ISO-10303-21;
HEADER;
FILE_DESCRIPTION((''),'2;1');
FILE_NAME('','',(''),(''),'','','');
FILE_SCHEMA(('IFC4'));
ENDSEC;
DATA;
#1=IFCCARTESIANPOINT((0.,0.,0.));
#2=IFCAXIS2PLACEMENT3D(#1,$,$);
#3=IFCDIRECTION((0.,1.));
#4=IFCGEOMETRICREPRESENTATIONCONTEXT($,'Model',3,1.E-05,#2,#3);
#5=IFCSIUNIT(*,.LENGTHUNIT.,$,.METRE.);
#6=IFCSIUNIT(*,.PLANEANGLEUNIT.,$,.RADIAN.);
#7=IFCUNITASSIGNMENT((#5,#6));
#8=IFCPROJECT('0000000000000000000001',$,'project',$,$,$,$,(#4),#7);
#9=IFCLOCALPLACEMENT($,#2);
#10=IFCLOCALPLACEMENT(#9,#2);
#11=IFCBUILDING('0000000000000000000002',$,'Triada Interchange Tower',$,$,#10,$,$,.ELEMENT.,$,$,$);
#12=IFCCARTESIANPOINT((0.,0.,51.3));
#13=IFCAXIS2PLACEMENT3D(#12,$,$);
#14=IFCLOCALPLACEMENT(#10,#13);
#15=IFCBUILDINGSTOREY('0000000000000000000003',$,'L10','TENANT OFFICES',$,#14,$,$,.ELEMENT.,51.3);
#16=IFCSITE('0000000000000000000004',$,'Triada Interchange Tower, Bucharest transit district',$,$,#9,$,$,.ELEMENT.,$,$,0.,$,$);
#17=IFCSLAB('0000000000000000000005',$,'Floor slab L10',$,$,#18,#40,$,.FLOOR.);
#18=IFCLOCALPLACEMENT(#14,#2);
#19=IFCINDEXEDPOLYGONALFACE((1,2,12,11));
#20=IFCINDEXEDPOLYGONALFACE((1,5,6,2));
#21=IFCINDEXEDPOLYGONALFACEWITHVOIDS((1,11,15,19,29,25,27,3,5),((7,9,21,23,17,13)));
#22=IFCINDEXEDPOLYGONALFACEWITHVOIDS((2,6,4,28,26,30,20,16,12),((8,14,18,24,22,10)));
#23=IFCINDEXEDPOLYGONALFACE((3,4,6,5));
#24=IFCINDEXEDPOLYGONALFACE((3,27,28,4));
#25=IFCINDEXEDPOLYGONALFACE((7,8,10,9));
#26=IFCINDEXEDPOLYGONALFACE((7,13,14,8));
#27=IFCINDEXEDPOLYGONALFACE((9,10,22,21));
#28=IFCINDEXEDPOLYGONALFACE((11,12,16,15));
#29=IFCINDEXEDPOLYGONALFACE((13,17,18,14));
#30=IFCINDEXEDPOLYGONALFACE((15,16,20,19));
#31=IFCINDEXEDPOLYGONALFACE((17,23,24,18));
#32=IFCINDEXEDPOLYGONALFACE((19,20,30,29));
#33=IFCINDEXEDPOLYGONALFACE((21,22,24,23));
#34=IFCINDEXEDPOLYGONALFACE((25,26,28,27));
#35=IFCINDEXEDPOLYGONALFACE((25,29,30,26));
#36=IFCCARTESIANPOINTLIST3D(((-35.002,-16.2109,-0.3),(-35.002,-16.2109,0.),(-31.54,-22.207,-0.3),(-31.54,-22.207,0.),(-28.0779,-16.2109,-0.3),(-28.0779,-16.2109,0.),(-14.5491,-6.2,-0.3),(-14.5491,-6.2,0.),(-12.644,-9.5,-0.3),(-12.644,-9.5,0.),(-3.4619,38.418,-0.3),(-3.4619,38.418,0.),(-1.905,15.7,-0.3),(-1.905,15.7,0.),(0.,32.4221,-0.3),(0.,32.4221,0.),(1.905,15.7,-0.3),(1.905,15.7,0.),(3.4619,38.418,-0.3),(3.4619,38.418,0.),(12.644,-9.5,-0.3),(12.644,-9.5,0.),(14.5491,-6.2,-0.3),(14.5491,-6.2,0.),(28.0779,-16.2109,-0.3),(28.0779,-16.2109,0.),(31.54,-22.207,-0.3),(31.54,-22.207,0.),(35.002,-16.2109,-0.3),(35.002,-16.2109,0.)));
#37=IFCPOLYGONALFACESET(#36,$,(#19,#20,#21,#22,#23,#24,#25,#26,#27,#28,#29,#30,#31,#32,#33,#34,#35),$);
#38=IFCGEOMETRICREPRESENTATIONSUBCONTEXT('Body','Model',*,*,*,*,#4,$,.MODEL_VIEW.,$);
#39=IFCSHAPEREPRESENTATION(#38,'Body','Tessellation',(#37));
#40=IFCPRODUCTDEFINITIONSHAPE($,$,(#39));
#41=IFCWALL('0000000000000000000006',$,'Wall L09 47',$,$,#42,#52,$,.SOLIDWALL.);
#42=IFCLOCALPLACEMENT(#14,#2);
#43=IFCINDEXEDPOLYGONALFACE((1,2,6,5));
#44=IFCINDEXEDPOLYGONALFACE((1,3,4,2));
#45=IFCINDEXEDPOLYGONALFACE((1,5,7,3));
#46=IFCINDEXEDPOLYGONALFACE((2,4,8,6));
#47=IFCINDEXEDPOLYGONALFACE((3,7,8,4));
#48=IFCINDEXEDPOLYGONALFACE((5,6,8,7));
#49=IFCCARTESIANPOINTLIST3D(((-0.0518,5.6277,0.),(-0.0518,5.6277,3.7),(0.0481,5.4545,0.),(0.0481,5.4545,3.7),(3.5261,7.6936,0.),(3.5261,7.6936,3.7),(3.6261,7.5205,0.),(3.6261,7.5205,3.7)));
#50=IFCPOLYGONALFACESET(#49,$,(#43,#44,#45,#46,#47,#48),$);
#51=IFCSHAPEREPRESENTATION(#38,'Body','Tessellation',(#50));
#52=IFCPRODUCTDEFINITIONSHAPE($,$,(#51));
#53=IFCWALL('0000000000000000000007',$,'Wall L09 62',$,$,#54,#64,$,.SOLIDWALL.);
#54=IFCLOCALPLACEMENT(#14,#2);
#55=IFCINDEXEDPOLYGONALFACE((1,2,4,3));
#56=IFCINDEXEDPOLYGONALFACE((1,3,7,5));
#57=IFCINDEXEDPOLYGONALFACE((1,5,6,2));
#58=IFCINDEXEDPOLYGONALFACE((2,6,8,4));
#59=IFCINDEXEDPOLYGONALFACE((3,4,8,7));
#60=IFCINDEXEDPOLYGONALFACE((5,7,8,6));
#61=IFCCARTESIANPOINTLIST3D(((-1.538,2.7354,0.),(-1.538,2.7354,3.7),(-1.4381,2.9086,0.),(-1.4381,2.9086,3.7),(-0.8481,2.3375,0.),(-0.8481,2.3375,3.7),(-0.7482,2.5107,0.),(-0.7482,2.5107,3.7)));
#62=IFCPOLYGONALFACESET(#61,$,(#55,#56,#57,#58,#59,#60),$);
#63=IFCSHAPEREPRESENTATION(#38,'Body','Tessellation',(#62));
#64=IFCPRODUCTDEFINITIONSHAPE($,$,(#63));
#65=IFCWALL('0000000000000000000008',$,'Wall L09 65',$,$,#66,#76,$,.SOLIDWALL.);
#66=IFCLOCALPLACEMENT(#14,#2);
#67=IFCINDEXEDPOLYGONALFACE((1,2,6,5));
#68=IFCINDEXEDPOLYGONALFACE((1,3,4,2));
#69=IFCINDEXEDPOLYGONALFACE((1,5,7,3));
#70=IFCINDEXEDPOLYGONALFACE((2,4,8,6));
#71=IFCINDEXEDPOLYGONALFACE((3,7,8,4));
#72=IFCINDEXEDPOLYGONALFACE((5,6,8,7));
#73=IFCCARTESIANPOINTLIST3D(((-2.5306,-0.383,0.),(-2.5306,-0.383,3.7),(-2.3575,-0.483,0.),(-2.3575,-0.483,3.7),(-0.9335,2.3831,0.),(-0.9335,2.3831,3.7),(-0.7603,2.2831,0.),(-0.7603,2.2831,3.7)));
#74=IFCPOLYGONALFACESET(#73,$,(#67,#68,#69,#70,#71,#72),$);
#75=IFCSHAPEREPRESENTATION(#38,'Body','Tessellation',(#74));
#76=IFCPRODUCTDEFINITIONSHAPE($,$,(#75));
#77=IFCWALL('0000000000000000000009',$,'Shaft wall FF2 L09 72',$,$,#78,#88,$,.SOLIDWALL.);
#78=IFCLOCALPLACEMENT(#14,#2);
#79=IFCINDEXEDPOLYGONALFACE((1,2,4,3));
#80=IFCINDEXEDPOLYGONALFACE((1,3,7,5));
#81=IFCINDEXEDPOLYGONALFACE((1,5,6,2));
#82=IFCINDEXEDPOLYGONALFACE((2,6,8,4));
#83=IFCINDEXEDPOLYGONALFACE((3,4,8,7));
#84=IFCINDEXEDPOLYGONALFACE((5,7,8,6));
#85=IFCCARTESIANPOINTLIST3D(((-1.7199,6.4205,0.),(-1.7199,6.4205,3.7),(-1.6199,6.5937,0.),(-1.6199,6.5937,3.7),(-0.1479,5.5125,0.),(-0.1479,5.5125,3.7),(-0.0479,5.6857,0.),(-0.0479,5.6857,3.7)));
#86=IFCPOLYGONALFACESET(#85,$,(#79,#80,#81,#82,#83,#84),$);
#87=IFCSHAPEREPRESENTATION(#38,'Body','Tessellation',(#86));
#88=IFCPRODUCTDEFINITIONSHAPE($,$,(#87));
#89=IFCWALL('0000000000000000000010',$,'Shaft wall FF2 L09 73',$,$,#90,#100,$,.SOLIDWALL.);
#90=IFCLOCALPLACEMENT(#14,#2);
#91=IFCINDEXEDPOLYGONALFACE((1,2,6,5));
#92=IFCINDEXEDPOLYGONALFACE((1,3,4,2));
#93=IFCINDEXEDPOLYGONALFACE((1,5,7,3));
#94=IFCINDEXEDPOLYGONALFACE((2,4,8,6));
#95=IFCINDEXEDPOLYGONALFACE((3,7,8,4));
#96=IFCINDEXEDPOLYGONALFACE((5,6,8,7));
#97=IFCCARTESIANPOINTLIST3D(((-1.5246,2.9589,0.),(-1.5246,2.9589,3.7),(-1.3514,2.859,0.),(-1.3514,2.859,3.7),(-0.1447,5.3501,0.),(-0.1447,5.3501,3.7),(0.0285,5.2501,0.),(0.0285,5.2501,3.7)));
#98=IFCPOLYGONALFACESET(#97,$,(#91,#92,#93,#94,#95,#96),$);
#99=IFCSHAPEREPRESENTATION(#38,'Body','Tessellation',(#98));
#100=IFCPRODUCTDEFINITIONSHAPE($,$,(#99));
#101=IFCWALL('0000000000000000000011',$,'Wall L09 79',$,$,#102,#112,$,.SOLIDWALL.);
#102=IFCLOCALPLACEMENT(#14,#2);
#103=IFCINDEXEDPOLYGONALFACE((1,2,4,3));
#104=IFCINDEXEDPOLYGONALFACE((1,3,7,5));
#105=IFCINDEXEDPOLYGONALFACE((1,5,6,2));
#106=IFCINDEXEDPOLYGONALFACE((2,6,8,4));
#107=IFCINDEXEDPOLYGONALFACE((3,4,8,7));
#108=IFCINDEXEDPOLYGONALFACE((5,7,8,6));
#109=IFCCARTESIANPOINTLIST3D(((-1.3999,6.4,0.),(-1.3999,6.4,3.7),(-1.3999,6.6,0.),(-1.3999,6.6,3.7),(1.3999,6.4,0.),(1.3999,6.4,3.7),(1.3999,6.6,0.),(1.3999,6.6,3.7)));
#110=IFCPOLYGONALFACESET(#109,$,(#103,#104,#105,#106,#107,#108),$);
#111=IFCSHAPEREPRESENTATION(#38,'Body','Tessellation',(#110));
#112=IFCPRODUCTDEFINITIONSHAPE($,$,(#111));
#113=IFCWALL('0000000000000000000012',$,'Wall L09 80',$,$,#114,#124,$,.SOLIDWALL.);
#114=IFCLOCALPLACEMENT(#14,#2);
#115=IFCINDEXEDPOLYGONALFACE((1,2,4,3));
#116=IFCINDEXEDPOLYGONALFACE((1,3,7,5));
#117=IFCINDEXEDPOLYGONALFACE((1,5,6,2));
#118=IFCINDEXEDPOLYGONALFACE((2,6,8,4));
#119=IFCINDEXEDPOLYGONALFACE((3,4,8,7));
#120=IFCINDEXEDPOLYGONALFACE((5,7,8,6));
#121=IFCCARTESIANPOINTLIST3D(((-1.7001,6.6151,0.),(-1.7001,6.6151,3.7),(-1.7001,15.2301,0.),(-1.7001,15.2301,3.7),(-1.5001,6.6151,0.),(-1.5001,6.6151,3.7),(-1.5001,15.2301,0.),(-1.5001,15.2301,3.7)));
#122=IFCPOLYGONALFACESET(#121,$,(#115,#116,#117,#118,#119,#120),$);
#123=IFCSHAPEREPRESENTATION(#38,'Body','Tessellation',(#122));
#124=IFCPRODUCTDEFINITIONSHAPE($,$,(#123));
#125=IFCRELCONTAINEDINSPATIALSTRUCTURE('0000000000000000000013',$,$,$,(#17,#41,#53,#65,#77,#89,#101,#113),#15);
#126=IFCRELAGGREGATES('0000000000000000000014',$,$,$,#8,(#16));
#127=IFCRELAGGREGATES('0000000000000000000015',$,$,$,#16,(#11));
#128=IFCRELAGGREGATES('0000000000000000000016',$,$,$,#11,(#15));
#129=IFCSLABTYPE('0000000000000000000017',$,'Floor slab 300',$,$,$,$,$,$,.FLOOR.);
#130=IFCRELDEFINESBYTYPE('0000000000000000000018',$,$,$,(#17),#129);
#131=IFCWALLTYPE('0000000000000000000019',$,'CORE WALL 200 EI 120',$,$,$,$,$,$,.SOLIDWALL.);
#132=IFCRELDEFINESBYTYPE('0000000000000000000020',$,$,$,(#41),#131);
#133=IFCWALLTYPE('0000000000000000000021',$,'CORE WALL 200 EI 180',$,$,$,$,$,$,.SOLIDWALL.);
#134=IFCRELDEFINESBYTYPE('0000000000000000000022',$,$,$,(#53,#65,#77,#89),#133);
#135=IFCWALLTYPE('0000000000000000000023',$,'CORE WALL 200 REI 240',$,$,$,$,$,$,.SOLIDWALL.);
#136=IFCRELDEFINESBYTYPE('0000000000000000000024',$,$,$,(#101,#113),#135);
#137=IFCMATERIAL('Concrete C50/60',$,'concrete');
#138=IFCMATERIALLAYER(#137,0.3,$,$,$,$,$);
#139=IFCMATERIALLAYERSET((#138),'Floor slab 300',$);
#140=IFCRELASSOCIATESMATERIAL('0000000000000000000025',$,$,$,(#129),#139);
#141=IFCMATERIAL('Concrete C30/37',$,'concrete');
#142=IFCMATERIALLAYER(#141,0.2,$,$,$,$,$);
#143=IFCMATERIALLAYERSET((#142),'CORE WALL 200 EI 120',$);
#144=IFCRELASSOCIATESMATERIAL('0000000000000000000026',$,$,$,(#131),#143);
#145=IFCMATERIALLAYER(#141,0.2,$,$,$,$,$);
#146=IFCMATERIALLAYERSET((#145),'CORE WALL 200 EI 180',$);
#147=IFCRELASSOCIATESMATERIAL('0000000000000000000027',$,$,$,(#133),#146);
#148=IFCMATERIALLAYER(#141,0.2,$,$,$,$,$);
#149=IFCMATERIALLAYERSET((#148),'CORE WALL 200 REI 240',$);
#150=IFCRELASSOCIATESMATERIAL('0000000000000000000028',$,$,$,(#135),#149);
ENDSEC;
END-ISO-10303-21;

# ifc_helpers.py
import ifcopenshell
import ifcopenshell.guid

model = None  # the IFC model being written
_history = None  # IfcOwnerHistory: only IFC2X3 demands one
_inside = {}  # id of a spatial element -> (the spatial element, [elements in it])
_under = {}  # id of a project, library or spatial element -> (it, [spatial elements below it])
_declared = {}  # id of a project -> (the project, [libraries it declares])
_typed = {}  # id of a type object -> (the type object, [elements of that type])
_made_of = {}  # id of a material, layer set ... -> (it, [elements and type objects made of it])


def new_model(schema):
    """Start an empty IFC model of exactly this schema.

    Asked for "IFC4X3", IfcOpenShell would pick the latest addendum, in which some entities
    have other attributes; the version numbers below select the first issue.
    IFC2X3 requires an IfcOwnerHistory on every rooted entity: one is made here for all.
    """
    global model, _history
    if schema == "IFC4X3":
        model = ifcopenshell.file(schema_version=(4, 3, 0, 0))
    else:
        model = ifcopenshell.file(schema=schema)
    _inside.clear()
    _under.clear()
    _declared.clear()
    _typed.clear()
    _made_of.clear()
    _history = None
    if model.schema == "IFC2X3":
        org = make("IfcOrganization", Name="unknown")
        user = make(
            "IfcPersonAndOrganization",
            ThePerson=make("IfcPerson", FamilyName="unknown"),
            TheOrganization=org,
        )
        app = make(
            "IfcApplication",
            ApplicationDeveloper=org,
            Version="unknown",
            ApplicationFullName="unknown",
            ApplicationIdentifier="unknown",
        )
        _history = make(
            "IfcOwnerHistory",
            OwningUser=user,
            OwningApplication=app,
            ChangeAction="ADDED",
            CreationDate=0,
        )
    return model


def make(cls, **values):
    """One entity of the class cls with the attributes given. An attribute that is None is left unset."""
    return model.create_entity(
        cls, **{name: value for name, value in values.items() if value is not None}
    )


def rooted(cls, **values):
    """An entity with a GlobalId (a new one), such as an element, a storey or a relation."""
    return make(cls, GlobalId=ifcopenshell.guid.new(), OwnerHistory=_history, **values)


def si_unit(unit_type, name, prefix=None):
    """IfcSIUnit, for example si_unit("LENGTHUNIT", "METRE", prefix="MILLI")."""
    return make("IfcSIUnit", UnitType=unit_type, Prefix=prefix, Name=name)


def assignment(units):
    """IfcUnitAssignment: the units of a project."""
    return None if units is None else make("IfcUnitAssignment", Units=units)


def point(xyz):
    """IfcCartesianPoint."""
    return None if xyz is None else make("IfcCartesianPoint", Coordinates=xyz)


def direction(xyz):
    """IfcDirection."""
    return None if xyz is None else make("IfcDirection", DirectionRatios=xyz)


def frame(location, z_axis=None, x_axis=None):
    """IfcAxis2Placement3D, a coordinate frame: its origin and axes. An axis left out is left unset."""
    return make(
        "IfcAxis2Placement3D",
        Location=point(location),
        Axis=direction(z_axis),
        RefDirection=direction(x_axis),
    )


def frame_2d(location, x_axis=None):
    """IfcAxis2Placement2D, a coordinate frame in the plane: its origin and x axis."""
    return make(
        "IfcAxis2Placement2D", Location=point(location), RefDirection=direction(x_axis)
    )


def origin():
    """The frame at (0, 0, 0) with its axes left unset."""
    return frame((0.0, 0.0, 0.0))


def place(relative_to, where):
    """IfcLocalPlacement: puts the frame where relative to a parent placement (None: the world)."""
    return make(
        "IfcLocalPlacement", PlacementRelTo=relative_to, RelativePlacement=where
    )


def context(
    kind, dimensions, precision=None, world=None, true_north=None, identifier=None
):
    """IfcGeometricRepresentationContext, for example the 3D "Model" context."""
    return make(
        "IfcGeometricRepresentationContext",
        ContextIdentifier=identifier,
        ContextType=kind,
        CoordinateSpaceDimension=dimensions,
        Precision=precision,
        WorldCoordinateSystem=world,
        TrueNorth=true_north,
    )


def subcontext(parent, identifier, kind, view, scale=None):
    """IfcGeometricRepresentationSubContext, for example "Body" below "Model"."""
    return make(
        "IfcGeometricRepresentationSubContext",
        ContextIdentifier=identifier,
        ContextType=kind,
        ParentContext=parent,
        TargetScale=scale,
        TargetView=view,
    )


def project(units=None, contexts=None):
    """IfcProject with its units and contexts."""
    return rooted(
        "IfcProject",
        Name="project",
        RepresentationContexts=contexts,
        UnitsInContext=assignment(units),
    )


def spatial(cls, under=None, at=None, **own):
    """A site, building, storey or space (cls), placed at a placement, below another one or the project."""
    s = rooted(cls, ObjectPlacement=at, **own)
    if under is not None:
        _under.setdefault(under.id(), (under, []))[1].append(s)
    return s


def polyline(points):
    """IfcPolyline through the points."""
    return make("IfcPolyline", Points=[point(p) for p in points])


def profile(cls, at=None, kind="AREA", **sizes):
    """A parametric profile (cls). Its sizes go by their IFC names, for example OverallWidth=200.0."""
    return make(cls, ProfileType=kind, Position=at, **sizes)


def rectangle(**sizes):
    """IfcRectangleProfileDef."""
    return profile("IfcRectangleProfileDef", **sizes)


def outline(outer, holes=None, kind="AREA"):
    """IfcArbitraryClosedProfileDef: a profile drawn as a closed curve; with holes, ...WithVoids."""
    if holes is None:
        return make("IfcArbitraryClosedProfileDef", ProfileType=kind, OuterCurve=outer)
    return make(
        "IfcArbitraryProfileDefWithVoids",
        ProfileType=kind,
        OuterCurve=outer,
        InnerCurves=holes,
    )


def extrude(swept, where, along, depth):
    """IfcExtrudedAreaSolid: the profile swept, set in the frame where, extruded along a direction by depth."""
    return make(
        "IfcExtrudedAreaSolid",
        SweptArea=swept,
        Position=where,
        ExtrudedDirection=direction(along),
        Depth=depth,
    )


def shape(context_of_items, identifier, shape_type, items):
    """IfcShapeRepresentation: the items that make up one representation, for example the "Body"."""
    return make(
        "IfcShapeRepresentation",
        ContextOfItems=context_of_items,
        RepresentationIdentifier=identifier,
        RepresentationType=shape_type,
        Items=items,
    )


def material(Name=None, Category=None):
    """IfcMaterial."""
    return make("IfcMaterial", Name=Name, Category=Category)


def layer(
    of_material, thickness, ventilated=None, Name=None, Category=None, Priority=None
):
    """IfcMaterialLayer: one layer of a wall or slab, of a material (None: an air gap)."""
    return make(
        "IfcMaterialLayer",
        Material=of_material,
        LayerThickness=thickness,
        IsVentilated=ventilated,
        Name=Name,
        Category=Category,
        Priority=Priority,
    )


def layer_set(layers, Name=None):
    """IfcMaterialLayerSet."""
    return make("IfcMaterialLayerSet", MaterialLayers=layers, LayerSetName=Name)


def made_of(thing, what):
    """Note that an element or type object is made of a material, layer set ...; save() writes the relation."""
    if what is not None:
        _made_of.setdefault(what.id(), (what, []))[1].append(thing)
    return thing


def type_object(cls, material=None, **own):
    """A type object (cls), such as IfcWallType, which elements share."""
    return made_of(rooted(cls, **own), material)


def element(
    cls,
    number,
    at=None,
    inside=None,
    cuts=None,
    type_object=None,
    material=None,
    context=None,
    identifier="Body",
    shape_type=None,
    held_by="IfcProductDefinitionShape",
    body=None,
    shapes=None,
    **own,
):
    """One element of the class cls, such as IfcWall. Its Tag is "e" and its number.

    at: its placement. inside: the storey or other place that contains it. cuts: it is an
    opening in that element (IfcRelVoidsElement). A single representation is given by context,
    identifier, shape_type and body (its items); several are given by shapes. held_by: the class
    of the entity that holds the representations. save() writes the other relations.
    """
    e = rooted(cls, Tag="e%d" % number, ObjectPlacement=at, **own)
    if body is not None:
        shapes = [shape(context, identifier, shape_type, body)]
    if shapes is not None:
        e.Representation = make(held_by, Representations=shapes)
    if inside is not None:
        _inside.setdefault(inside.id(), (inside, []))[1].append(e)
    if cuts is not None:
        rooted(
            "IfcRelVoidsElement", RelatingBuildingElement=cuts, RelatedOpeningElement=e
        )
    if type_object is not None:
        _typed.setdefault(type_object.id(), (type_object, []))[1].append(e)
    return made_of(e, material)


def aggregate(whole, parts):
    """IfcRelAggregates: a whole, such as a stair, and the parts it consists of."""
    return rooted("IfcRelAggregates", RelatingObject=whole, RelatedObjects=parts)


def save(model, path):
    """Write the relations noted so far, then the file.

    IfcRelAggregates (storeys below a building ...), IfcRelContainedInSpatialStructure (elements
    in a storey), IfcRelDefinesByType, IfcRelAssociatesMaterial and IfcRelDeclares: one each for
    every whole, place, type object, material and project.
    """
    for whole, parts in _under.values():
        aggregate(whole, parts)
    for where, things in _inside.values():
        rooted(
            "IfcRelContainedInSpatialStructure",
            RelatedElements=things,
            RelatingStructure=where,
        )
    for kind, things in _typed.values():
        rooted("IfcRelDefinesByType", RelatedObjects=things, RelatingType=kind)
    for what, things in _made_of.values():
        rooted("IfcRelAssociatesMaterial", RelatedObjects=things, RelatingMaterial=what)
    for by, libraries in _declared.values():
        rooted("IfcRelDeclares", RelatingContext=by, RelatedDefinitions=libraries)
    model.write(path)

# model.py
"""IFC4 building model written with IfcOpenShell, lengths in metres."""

from ifc_helpers import new_model, si_unit, direction, frame, frame_2d, origin, place, context, subcontext, project, spatial, polyline, rectangle, outline, extrude, material, layer, layer_set, type_object, element, save


model = new_model("IFC4")

# Units and contexts
model_context = context("Model", 3, precision=1e-05, world=origin(), true_north=direction((0.0, 1.0)))
body_context = subcontext(model_context, "Body", "Model", "MODEL_VIEW")
ifc_project = project(units=[si_unit("LENGTHUNIT", "METRE"), si_unit("PLANEANGLEUNIT", "RADIAN")], contexts=[model_context])

# Site, building, storey
site_placement = place(None, origin())
site = spatial("IfcSite", under=ifc_project, at=site_placement, Name="Triada Interchange Tower, Bucharest transit district", CompositionType="ELEMENT", RefElevation=0.0)
building_placement = place(site_placement, origin())
building = spatial("IfcBuilding", under=site, at=building_placement, Name="Triada Interchange Tower", CompositionType="ELEMENT")
storey_placement = place(building_placement, frame((0.0, 0.0, 51.3)))
storey = spatial("IfcBuildingStorey", under=building, at=storey_placement, Name="L10", Description="TENANT OFFICES", CompositionType="ELEMENT", Elevation=51.3)

# Slab
ifc_material_1 = material(Name="Concrete C50/60", Category="concrete")
ifc_layer_1 = layer(ifc_material_1, 0.3)
ifc_layer_set_1 = layer_set([ifc_layer_1], Name="Floor slab 300")
slab_type = type_object("IfcSlabType", Name="Floor slab 300", PredefinedType="FLOOR", material=ifc_layer_set_1)
slab_placement = place(storey_placement, frame((0.0, 0.0, -0.3)))
element("IfcSlab", 1, at=slab_placement, inside=storey, type_object=slab_type, Name="Floor slab L10", PredefinedType="FLOOR", context=body_context, shape_type="SweptSolid", body=[
    extrude(outline(polyline([(-3.4619, 38.418), (-35.002, -16.2109), (-28.0779, -16.2109), (-31.54, -22.207), (31.54, -22.207), (28.0779, -16.2109), (35.002, -16.2109), (3.4619, 38.418), (0.0, 32.4221), (-3.4619, 38.418)]), holes=[polyline([(1.905, 15.7), (-1.905, 15.7), (-14.5491, -6.2), (-12.644, -9.5), (12.644, -9.5), (14.5491, -6.2), (1.905, 15.7)])]), origin(), (0.0, 0.0, 1.0), 0.3),
])

# Walls
ifc_material_2 = material(Name="Concrete C30/37", Category="concrete")
ifc_layer_2 = layer(ifc_material_2, 0.2)
ifc_layer_set_2 = layer_set([ifc_layer_2], Name="CORE WALL 200 EI 120")
wall_type_1 = type_object("IfcWallType", Name="CORE WALL 200 EI 120", PredefinedType="SOLIDWALL", material=ifc_layer_set_2)
wall_1_placement = place(storey_placement, frame((-0.002, 5.541, 0.0), z_axis=(0.0, 0.0, 1.0), x_axis=(0.866002, 0.500041, 0.0)))
element("IfcWall", 2, at=wall_1_placement, inside=storey, type_object=wall_type_1, Name="Wall L09 47", PredefinedType="SOLIDWALL", context=body_context, shape_type="SweptSolid", body=[
    extrude(rectangle(XDim=4.1316, YDim=0.2, at=frame_2d((2.0659, 0.0))), origin(), (0.0, 0.0, 1.0), 3.7),
])
ifc_layer_3 = layer(ifc_material_2, 0.2)
ifc_layer_set_3 = layer_set([ifc_layer_3], Name="CORE WALL 200 EI 180")
wall_type_2 = type_object("IfcWallType", Name="CORE WALL 200 EI 180", PredefinedType="SOLIDWALL", material=ifc_layer_set_3)
wall_2_placement = place(storey_placement, frame((-1.488, 2.822, 0.0), z_axis=(0.0, 0.0, 1.0), x_axis=(0.866237, -0.499634, 0.0)))
element("IfcWall", 3, at=wall_2_placement, inside=storey, type_object=wall_type_2, Name="Wall L09 62", PredefinedType="SOLIDWALL", context=body_context, shape_type="SweptSolid", body=[
    extrude(rectangle(XDim=0.7964, YDim=0.2, at=frame_2d((0.3982, 0.0))), origin(), (0.0, 0.0, 1.0), 3.7),
])
wall_3_placement = place(storey_placement, frame((-2.4441, -0.4331, 0.0), z_axis=(0.0, 0.0, 1.0), x_axis=(0.500036, 0.866005, 0.0)))
element("IfcWall", 4, at=wall_3_placement, inside=storey, type_object=wall_type_2, Name="Wall L09 65", PredefinedType="SOLIDWALL", context=body_context, shape_type="SweptSolid", body=[
    extrude(rectangle(XDim=3.1941, YDim=0.2, at=frame_2d((1.5972, 0.0))), origin(), (0.0, 0.0, 1.0), 3.7),
])
wall_4_placement = place(storey_placement, frame((-1.6699, 6.5071, 0.0), z_axis=(0.0, 0.0, 1.0), x_axis=(0.865941, -0.500145, 0.0)))
element("IfcWall", 5, at=wall_4_placement, inside=storey, type_object=wall_type_2, Name="Shaft wall FF2 L09 72", PredefinedType="SOLIDWALL", context=body_context, shape_type="SweptSolid", body=[
    extrude(rectangle(XDim=1.8154, YDim=0.2, at=frame_2d((0.9077, 0.0))), origin(), (0.0, 0.0, 1.0), 3.7),
])
wall_5_placement = place(storey_placement, frame((-1.438, 2.9089, 0.0), z_axis=(0.0, 0.0, 1.0), x_axis=(0.49983, 0.866124, 0.0)))
element("IfcWall", 6, at=wall_5_placement, inside=storey, type_object=wall_type_2, Name="Shaft wall FF2 L09 73", PredefinedType="SOLIDWALL", context=body_context, shape_type="SweptSolid", body=[
    extrude(rectangle(XDim=2.7607, YDim=0.2, at=frame_2d((1.3804, 0.0))), origin(), (0.0, 0.0, 1.0), 3.7),
])
ifc_layer_4 = layer(ifc_material_2, 0.2)
ifc_layer_set_4 = layer_set([ifc_layer_4], Name="CORE WALL 200 REI 240")
wall_type_3 = type_object("IfcWallType", Name="CORE WALL 200 REI 240", PredefinedType="SOLIDWALL", material=ifc_layer_set_4)
wall_6_placement = place(storey_placement, frame((-1.3999, 6.5, 0.0), z_axis=(0.0, 0.0, 1.0), x_axis=(1.0, 0.0, 0.0)))
element("IfcWall", 7, at=wall_6_placement, inside=storey, type_object=wall_type_3, Name="Wall L09 79", PredefinedType="SOLIDWALL", context=body_context, shape_type="SweptSolid", body=[
    extrude(rectangle(XDim=2.7998, YDim=0.2, at=frame_2d((1.3999, 0.0))), origin(), (0.0, 0.0, 1.0), 3.7),
])
wall_7_placement = place(storey_placement, frame((-1.6001, 6.615, 0.0), z_axis=(0.0, 0.0, 1.0), x_axis=(0.0, 1.0, 0.0)))
element("IfcWall", 8, at=wall_7_placement, inside=storey, type_object=wall_type_3, Name="Wall L09 80", PredefinedType="SOLIDWALL", context=body_context, shape_type="SweptSolid", body=[
    extrude(rectangle(XDim=8.615, YDim=0.2, at=frame_2d((4.3076, 0.0))), origin(), (0.0, 0.0, 1.0), 3.7),
])

save(model, "model.ifc")
